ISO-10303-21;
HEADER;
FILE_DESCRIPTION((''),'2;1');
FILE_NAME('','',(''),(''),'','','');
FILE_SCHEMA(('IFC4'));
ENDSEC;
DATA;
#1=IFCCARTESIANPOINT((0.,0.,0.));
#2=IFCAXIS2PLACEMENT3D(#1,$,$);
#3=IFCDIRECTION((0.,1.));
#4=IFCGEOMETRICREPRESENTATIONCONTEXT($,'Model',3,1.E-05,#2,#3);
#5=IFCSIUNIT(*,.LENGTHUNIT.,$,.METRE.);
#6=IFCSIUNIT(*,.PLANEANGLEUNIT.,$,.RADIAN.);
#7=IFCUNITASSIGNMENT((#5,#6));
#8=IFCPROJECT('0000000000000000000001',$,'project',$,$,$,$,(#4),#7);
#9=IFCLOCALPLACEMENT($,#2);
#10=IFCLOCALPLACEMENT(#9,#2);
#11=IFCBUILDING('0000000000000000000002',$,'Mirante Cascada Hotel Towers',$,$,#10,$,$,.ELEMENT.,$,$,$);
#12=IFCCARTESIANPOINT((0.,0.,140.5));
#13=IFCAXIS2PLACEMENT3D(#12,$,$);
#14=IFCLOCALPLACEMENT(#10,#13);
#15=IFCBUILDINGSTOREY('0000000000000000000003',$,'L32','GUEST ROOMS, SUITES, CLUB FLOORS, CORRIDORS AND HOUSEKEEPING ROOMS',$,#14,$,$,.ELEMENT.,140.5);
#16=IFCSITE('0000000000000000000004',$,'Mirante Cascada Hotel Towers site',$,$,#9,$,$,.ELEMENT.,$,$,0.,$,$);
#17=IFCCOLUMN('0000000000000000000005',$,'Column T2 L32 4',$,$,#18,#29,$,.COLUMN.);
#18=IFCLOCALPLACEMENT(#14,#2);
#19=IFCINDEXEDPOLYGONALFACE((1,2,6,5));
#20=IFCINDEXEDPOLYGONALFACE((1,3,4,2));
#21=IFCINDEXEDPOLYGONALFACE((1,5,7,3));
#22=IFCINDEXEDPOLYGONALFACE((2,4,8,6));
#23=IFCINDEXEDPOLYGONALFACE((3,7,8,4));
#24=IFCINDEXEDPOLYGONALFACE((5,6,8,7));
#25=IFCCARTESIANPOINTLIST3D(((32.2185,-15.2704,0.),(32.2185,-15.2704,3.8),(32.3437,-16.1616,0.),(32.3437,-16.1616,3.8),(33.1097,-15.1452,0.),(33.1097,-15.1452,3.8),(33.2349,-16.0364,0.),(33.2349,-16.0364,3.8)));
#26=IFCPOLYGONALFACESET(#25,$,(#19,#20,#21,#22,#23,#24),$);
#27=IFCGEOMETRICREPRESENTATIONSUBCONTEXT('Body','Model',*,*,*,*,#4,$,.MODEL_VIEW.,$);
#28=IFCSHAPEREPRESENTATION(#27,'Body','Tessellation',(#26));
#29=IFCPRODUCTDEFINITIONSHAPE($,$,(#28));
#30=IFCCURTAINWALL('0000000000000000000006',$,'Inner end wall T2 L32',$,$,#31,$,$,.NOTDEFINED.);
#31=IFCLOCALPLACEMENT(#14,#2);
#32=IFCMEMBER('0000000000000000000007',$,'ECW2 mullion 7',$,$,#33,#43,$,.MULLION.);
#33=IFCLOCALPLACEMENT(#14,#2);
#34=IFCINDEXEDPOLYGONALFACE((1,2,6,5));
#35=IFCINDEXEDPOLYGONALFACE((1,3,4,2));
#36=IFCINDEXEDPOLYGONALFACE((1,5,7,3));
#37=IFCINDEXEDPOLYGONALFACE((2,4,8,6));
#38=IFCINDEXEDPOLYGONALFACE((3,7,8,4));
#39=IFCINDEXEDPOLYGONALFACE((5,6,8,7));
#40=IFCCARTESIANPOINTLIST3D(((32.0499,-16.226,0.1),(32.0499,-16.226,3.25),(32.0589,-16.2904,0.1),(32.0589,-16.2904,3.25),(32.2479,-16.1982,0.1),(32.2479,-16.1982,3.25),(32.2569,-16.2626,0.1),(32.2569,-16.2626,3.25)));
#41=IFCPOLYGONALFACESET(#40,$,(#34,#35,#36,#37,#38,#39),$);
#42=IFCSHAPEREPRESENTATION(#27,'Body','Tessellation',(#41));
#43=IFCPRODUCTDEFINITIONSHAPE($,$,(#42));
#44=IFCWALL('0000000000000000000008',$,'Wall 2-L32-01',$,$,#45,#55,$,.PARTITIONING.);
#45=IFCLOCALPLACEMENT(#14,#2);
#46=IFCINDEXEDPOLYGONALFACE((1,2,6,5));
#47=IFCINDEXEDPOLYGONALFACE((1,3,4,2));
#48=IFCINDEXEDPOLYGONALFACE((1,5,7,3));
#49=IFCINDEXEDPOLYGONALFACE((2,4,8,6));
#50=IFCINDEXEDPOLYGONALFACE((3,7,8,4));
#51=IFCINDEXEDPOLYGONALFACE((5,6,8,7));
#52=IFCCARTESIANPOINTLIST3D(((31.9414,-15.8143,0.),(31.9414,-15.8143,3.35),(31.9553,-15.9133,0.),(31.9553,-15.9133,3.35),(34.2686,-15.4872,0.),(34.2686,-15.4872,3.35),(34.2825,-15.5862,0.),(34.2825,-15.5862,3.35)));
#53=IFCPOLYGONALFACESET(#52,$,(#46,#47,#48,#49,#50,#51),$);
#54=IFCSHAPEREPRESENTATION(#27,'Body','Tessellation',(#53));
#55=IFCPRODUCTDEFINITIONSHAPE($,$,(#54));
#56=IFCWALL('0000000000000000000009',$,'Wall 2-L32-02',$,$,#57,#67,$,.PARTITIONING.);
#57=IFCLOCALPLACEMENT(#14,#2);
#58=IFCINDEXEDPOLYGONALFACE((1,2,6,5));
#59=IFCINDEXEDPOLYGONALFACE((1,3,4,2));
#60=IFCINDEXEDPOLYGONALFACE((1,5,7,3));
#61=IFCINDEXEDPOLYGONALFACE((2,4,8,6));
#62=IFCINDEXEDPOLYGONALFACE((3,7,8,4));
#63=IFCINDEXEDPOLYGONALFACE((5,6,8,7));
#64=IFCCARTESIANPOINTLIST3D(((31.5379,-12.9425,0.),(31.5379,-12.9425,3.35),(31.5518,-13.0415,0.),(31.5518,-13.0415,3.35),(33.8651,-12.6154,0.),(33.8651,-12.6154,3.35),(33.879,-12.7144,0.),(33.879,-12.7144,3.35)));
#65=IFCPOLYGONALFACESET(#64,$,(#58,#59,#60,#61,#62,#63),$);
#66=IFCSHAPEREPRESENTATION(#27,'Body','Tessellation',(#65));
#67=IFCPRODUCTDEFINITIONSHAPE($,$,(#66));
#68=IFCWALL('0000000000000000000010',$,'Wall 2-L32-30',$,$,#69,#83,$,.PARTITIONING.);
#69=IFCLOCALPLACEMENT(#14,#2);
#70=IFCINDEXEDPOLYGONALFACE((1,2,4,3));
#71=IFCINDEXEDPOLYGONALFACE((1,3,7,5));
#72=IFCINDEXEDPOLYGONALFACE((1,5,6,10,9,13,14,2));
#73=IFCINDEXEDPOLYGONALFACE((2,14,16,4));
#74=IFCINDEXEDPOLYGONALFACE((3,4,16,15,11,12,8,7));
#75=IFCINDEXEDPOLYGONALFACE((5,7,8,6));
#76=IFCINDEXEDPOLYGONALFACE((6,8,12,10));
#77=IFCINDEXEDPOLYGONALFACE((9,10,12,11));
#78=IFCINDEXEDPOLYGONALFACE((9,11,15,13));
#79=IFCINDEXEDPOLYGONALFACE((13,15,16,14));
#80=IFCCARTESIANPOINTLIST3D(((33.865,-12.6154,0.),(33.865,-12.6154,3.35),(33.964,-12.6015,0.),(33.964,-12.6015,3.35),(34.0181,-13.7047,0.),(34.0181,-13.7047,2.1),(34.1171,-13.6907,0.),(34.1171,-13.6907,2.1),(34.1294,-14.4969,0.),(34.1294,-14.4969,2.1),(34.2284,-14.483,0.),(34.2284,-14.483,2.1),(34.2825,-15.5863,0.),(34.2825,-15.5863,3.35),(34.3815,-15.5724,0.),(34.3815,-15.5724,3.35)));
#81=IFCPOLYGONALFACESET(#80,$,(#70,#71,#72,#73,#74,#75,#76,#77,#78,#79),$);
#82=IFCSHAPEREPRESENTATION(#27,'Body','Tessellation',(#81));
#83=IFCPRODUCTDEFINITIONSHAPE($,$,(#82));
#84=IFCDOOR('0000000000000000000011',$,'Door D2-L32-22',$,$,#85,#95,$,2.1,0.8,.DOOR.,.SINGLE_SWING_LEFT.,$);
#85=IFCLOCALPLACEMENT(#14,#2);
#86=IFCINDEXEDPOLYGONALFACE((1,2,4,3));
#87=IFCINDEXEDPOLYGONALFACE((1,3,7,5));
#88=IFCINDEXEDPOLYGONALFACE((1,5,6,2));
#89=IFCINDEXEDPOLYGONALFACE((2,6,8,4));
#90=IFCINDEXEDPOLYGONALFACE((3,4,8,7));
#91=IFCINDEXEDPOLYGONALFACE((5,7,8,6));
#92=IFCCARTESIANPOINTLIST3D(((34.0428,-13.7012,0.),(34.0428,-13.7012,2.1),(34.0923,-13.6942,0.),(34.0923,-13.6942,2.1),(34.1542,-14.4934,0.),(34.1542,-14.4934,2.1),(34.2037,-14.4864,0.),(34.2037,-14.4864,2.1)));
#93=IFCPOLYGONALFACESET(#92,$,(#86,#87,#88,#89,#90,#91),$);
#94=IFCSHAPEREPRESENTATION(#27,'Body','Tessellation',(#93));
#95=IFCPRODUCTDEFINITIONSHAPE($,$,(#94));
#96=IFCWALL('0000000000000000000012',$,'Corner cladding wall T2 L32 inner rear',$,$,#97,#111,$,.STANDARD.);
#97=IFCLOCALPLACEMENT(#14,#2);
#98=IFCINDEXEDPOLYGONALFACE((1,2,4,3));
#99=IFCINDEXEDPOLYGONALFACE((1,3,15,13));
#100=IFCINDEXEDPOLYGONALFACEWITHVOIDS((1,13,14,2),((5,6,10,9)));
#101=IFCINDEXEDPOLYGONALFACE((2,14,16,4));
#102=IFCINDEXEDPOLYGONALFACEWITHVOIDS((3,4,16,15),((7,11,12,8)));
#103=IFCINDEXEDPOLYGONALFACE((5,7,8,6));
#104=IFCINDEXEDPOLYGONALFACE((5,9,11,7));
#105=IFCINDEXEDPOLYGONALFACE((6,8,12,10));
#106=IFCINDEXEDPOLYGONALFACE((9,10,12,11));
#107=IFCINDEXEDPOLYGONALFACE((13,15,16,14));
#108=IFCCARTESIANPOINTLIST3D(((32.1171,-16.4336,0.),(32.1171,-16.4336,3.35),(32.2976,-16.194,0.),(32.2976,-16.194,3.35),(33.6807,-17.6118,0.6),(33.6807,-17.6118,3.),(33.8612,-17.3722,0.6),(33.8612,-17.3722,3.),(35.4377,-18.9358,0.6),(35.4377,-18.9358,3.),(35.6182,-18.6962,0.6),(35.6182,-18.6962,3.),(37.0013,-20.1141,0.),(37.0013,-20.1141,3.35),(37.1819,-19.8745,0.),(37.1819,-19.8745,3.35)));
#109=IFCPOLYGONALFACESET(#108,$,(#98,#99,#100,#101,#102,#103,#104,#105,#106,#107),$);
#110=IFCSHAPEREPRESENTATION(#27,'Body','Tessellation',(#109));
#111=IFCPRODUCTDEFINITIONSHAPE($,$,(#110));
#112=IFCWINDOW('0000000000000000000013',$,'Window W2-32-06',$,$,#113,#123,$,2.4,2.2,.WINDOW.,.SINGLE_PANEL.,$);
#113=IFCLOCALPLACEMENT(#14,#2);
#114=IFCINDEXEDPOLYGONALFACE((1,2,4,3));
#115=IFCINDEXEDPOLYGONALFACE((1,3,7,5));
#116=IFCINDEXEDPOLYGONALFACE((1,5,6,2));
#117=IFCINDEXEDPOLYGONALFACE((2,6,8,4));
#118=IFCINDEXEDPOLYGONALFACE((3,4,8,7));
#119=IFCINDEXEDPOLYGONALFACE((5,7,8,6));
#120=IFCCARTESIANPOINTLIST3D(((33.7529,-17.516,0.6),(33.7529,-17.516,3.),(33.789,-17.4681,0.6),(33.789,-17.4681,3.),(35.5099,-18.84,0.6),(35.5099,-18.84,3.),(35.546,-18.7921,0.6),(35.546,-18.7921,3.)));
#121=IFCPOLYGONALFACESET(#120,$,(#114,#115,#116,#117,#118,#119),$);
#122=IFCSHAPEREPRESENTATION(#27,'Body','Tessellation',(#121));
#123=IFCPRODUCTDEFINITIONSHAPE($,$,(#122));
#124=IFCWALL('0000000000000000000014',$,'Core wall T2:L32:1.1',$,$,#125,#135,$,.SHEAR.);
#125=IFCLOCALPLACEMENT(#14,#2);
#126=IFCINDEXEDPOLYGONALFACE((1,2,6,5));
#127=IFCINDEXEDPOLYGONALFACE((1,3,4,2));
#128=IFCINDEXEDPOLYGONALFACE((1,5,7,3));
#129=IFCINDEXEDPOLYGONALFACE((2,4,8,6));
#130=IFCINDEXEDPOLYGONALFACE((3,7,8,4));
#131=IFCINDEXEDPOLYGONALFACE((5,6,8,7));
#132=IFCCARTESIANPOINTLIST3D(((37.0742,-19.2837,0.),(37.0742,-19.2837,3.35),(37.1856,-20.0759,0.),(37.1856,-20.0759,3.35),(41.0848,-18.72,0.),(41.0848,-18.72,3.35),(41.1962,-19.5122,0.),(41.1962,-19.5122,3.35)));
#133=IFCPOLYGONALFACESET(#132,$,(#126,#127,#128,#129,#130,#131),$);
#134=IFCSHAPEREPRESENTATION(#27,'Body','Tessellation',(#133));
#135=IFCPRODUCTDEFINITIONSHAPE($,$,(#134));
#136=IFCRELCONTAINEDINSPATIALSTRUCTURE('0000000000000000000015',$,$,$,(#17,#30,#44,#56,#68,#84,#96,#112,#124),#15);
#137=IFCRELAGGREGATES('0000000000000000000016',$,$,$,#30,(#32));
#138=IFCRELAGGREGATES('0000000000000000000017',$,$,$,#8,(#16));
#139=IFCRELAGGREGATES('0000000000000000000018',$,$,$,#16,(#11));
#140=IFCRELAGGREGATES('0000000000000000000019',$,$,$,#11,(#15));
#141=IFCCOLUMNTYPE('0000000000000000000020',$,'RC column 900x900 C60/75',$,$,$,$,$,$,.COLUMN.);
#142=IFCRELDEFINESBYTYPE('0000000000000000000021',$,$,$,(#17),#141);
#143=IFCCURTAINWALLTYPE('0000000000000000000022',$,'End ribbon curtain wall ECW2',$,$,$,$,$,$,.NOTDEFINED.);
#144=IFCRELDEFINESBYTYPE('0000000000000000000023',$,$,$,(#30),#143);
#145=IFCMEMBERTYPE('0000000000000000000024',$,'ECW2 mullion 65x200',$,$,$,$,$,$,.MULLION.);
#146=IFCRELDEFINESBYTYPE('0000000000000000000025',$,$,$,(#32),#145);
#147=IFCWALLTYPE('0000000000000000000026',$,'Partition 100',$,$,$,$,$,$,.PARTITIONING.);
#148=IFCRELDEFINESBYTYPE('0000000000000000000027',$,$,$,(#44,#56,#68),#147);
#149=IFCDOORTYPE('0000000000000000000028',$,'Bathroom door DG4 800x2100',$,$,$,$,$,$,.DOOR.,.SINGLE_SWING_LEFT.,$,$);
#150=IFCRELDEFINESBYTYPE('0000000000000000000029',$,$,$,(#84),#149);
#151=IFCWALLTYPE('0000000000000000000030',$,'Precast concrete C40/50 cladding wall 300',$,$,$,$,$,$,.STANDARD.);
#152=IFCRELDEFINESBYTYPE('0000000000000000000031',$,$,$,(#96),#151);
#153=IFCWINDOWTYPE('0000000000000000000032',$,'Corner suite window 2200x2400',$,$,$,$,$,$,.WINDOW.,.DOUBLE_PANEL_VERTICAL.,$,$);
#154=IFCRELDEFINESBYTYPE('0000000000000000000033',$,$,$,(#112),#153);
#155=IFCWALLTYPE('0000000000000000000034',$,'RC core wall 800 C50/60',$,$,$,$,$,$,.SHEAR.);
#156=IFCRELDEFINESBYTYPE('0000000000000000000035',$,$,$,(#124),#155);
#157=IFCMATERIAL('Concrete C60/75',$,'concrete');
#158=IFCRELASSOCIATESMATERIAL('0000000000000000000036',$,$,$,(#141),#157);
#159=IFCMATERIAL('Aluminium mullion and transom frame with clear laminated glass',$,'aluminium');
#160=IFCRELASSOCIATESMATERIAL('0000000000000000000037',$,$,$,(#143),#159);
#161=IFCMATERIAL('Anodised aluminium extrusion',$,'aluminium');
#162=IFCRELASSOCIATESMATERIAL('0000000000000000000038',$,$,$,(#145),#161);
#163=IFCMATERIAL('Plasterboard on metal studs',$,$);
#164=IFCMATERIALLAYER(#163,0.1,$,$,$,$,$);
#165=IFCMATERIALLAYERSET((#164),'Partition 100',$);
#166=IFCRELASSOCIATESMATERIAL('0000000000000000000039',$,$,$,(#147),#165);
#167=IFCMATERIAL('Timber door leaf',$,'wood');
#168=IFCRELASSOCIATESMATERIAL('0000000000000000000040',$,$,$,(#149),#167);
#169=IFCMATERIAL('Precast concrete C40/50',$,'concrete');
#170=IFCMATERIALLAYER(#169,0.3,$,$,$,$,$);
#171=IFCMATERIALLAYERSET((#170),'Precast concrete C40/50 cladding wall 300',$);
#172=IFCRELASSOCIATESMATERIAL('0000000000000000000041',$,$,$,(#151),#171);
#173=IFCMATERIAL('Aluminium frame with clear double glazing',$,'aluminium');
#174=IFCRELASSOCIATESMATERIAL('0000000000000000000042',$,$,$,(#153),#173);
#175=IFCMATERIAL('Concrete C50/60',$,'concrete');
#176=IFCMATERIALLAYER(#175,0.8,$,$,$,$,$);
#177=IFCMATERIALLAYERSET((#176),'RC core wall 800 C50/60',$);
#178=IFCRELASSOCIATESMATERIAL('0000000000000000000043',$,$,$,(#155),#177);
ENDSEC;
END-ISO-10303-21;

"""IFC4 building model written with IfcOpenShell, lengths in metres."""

from ifc_helpers import new_model, si_unit, direction, frame, frame_2d, origin, origin_2d, place, context, subcontext, project, spatial, rectangle, extrude, material, layer, layer_set, material_profile, profile_set, type_object, element, fill, aggregate, save


model = new_model("IFC4")

# Units and contexts
model_context = context("Model", 3, precision=1e-05, world=origin(), true_north=direction((0.0, 1.0)))
body_context = subcontext(model_context, "Body", "Model", "MODEL_VIEW")
ifc_project = project(units=[si_unit("LENGTHUNIT", "METRE"), si_unit("PLANEANGLEUNIT", "RADIAN")], contexts=[model_context])

# Site, building, storey
site_placement = place(None, origin())
site = spatial("IfcSite", under=ifc_project, at=site_placement, Name="Mirante Cascada Hotel Towers site", CompositionType="ELEMENT", RefElevation=0.0)
building_placement = place(site_placement, origin())
building = spatial("IfcBuilding", under=site, at=building_placement, Name="Mirante Cascada Hotel Towers", CompositionType="ELEMENT")
storey_placement = place(building_placement, frame((0.0, 0.0, 140.5)))
storey = spatial("IfcBuildingStorey", under=building, at=storey_placement, Name="L32", Description="GUEST ROOMS, SUITES, CLUB FLOORS, CORRIDORS AND HOUSEKEEPING ROOMS", CompositionType="ELEMENT", Elevation=140.5)

# Column
ifc_material_1 = material(Name="Concrete C60/75", Category="concrete")
ifc_material_profile_1 = material_profile(ifc_material_1, rectangle(XDim=0.9, YDim=0.9, at=origin_2d()), Name="RC column 900x900 C60/75")
ifc_profile_set_1 = profile_set([ifc_material_profile_1], Name="Concrete C60/75")
column_type = type_object("IfcColumnType", Name="RC column 900x900 C60/75", PredefinedType="COLUMN", material=ifc_profile_set_1)
column_placement = place(storey_placement, frame((32.7267, -15.6534, 0.0), z_axis=(0.0, 0.0, 1.0), x_axis=(0.990268, 0.139173, 0.0)))
element("IfcColumn", 1, at=column_placement, inside=storey, type_object=column_type, Name="Column T2 L32 4", PredefinedType="COLUMN", context=body_context, shape_type="SweptSolid", body=[
    extrude(rectangle(XDim=0.9, YDim=0.9, at=origin_2d()), origin(), (0.0, 0.0, 1.0), 3.8),
])

# Curtain wall, member
ifc_material_2 = material(Name="Aluminium mullion and transom frame with clear laminated glass", Category="aluminium")
curtain_wall_type = type_object("IfcCurtainWallType", Name="End ribbon curtain wall ECW2", PredefinedType="NOTDEFINED", material=ifc_material_2)
curtain_wall_placement = place(storey_placement, origin())
curtain_wall = element("IfcCurtainWall", 2, at=curtain_wall_placement, inside=storey, type_object=curtain_wall_type, Name="Inner end wall T2 L32", PredefinedType="NOTDEFINED")
ifc_material_3 = material(Name="Anodised aluminium extrusion", Category="aluminium")
ifc_material_profile_2 = material_profile(ifc_material_3, rectangle(XDim=0.2, YDim=0.065, at=origin_2d()), Name="ECW2 MULLION 65x200")
ifc_profile_set_2 = profile_set([ifc_material_profile_2], Name="Anodised aluminium extrusion")
member_type = type_object("IfcMemberType", Name="ECW2 mullion 65x200", PredefinedType="MULLION", material=ifc_profile_set_2)
member_placement = place(storey_placement, frame((32.1534, -16.2443, 0.1), z_axis=(0.0, 0.0, 1.0), x_axis=(0.990268, 0.139173, 0.0)))
member = element("IfcMember", 3, at=member_placement, type_object=member_type, Name="ECW2 mullion 7", PredefinedType="MULLION", context=body_context, shape_type="SweptSolid", body=[
    extrude(rectangle(XDim=0.2, YDim=0.065, at=origin_2d()), origin(), (0.0, 0.0, 1.0), 3.15),
])
aggregate(curtain_wall, [member])

# Walls
ifc_material_4 = material(Name="Plasterboard on metal studs")
ifc_layer_1 = layer(ifc_material_4, 0.1)
ifc_layer_set_1 = layer_set([ifc_layer_1], Name="Partition 100")
wall_type_1 = type_object("IfcWallType", Name="Partition 100", PredefinedType="PARTITIONING", material=ifc_layer_set_1)
for number, where, z_axis, x_axis, name in (
    (4, (31.9484, -15.8638, 0.0), (0.0, 0.0, 1.0), (0.990266, 0.139187, 0.0), "Wall 2-L32-01"),
    (5, (33.872, -12.6649, 0.0), (0.0, 0.0, 1.0), (-0.990266, -0.139187, 0.0), "Wall 2-L32-02"),
):
    element("IfcWall", number, at=place(storey_placement, frame(where, z_axis=z_axis, x_axis=x_axis)), inside=storey, type_object=wall_type_1, Name=name, PredefinedType="PARTITIONING", context=body_context, shape_type="SweptSolid", body=[
        extrude(rectangle(XDim=2.3501, YDim=0.1, at=frame_2d((1.175, 0.0))), origin(), (0.0, 0.0, 1.0), 3.35),
    ])

# Wall, opening, door
wall_1_placement = place(storey_placement, frame((33.9145, -12.6084, 0.0), z_axis=(0.0, 0.0, 1.0), x_axis=(0.139162, -0.99027, 0.0)))
wall_1 = element("IfcWall", 6, at=wall_1_placement, inside=storey, type_object=wall_type_1, Name="Wall 2-L32-30", PredefinedType="PARTITIONING", context=body_context, shape_type="SweptSolid", body=[
    extrude(rectangle(XDim=3.0001, YDim=0.1, at=frame_2d((1.5001, 0.0))), origin(), (0.0, 0.0, 1.0), 3.35),
])
opening_1_placement = place(wall_1_placement, frame((1.1, 0.0, 0.0)))
opening_1 = element("IfcOpeningElement", 7, at=opening_1_placement, cuts=wall_1, PredefinedType="OPENING", context=body_context, shape_type="SweptSolid", body=[
    extrude(rectangle(XDim=0.8, YDim=2.1, at=frame_2d((0.4, 1.05))), frame((0.0, 0.05, 0.0), z_axis=(0.0, -1.0, 0.0), x_axis=(1.0, 0.0, 0.0)), (0.0, 0.0, 1.0), 0.1),
])
ifc_material_5 = material(Name="Timber door leaf", Category="wood")
door_type = type_object("IfcDoorType", Name="Bathroom door DG4 800x2100", OperationType="SINGLE_SWING_LEFT", PredefinedType="DOOR", material=ifc_material_5)
door_placement = place(opening_1_placement, origin())
door = element("IfcDoor", 8, at=door_placement, inside=storey, type_object=door_type, Name="Door D2-L32-22", OperationType="SINGLE_SWING_LEFT", OverallHeight=2.1, OverallWidth=0.8, PredefinedType="DOOR", context=body_context, shape_type="SweptSolid", body=[
    extrude(rectangle(XDim=0.8, YDim=2.1, at=frame_2d((0.4, 1.05))), frame((0.0, 0.025, 0.0), z_axis=(0.0, -1.0, 0.0), x_axis=(1.0, 0.0, 0.0)), (0.0, 0.0, 1.0), 0.05),
])
fill(opening_1, door)

# Wall, opening, window
ifc_material_6 = material(Name="Precast concrete C40/50", Category="concrete")
ifc_layer_2 = layer(ifc_material_6, 0.3)
ifc_layer_set_2 = layer_set([ifc_layer_2], Name="Precast concrete C40/50 cladding wall 300")
wall_type_2 = type_object("IfcWallType", Name="Precast concrete C40/50 cladding wall 300", PredefinedType="STANDARD", material=ifc_layer_set_2)
wall_2_placement = place(storey_placement, frame((32.2074, -16.3138, 0.0), z_axis=(0.0, 0.0, 1.0), x_axis=(0.798636, -0.601814, 0.0)))
wall_2 = element("IfcWall", 9, at=wall_2_placement, inside=storey, type_object=wall_type_2, Name="Corner cladding wall T2 L32 inner rear", PredefinedType="STANDARD", context=body_context, shape_type="SweptSolid", body=[
    extrude(rectangle(XDim=6.1157, YDim=0.3, at=frame_2d((3.0578, 0.0))), origin(), (0.0, 0.0, 1.0), 3.35),
])
opening_2_placement = place(wall_2_placement, frame((1.9578, 0.0, 0.6)))
opening_2 = element("IfcOpeningElement", 10, at=opening_2_placement, cuts=wall_2, PredefinedType="OPENING", context=body_context, shape_type="SweptSolid", body=[
    extrude(rectangle(XDim=2.2, YDim=2.4, at=frame_2d((1.1, 1.2))), frame((0.0, 0.15, 0.0), z_axis=(0.0, -1.0, 0.0), x_axis=(1.0, 0.0, 0.0)), (0.0, 0.0, 1.0), 0.3),
])
ifc_material_7 = material(Name="Aluminium frame with clear double glazing", Category="aluminium")
window_type = type_object("IfcWindowType", Name="Corner suite window 2200x2400", PartitioningType="DOUBLE_PANEL_VERTICAL", PredefinedType="WINDOW", material=ifc_material_7)
window_placement = place(opening_2_placement, origin())
window = element("IfcWindow", 11, at=window_placement, inside=storey, type_object=window_type, Name="Window W2-32-06", OverallHeight=2.4, OverallWidth=2.2, PartitioningType="SINGLE_PANEL", PredefinedType="WINDOW", context=body_context, shape_type="SweptSolid", body=[
    extrude(rectangle(XDim=2.2, YDim=2.4, at=frame_2d((1.1, 1.2))), frame((0.0, 0.03, 0.0), z_axis=(0.0, -1.0, 0.0), x_axis=(1.0, 0.0, 0.0)), (0.0, 0.0, 1.0), 0.06),
])
fill(opening_2, window)

# Wall
ifc_material_8 = material(Name="Concrete C50/60", Category="concrete")
ifc_layer_3 = layer(ifc_material_8, 0.8)
ifc_layer_set_3 = layer_set([ifc_layer_3], Name="RC core wall 800 C50/60")
wall_type_3 = type_object("IfcWallType", Name="RC core wall 800 C50/60", PredefinedType="SHEAR", material=ifc_layer_set_3)
wall_3_placement = place(storey_placement, frame((37.1299, -19.6798, 0.0), z_axis=(0.0, 0.0, 1.0), x_axis=(0.990267, 0.139184, 0.0)))
element("IfcWall", 12, at=wall_3_placement, inside=storey, type_object=wall_type_3, Name="Core wall T2:L32:1.1", PredefinedType="SHEAR", context=body_context, shape_type="SweptSolid", body=[
    extrude(rectangle(XDim=4.05, YDim=0.8, at=frame_2d((2.025, 0.0))), origin(), (0.0, 0.0, 1.0), 3.35),
])

save(model, "model.ifc")
